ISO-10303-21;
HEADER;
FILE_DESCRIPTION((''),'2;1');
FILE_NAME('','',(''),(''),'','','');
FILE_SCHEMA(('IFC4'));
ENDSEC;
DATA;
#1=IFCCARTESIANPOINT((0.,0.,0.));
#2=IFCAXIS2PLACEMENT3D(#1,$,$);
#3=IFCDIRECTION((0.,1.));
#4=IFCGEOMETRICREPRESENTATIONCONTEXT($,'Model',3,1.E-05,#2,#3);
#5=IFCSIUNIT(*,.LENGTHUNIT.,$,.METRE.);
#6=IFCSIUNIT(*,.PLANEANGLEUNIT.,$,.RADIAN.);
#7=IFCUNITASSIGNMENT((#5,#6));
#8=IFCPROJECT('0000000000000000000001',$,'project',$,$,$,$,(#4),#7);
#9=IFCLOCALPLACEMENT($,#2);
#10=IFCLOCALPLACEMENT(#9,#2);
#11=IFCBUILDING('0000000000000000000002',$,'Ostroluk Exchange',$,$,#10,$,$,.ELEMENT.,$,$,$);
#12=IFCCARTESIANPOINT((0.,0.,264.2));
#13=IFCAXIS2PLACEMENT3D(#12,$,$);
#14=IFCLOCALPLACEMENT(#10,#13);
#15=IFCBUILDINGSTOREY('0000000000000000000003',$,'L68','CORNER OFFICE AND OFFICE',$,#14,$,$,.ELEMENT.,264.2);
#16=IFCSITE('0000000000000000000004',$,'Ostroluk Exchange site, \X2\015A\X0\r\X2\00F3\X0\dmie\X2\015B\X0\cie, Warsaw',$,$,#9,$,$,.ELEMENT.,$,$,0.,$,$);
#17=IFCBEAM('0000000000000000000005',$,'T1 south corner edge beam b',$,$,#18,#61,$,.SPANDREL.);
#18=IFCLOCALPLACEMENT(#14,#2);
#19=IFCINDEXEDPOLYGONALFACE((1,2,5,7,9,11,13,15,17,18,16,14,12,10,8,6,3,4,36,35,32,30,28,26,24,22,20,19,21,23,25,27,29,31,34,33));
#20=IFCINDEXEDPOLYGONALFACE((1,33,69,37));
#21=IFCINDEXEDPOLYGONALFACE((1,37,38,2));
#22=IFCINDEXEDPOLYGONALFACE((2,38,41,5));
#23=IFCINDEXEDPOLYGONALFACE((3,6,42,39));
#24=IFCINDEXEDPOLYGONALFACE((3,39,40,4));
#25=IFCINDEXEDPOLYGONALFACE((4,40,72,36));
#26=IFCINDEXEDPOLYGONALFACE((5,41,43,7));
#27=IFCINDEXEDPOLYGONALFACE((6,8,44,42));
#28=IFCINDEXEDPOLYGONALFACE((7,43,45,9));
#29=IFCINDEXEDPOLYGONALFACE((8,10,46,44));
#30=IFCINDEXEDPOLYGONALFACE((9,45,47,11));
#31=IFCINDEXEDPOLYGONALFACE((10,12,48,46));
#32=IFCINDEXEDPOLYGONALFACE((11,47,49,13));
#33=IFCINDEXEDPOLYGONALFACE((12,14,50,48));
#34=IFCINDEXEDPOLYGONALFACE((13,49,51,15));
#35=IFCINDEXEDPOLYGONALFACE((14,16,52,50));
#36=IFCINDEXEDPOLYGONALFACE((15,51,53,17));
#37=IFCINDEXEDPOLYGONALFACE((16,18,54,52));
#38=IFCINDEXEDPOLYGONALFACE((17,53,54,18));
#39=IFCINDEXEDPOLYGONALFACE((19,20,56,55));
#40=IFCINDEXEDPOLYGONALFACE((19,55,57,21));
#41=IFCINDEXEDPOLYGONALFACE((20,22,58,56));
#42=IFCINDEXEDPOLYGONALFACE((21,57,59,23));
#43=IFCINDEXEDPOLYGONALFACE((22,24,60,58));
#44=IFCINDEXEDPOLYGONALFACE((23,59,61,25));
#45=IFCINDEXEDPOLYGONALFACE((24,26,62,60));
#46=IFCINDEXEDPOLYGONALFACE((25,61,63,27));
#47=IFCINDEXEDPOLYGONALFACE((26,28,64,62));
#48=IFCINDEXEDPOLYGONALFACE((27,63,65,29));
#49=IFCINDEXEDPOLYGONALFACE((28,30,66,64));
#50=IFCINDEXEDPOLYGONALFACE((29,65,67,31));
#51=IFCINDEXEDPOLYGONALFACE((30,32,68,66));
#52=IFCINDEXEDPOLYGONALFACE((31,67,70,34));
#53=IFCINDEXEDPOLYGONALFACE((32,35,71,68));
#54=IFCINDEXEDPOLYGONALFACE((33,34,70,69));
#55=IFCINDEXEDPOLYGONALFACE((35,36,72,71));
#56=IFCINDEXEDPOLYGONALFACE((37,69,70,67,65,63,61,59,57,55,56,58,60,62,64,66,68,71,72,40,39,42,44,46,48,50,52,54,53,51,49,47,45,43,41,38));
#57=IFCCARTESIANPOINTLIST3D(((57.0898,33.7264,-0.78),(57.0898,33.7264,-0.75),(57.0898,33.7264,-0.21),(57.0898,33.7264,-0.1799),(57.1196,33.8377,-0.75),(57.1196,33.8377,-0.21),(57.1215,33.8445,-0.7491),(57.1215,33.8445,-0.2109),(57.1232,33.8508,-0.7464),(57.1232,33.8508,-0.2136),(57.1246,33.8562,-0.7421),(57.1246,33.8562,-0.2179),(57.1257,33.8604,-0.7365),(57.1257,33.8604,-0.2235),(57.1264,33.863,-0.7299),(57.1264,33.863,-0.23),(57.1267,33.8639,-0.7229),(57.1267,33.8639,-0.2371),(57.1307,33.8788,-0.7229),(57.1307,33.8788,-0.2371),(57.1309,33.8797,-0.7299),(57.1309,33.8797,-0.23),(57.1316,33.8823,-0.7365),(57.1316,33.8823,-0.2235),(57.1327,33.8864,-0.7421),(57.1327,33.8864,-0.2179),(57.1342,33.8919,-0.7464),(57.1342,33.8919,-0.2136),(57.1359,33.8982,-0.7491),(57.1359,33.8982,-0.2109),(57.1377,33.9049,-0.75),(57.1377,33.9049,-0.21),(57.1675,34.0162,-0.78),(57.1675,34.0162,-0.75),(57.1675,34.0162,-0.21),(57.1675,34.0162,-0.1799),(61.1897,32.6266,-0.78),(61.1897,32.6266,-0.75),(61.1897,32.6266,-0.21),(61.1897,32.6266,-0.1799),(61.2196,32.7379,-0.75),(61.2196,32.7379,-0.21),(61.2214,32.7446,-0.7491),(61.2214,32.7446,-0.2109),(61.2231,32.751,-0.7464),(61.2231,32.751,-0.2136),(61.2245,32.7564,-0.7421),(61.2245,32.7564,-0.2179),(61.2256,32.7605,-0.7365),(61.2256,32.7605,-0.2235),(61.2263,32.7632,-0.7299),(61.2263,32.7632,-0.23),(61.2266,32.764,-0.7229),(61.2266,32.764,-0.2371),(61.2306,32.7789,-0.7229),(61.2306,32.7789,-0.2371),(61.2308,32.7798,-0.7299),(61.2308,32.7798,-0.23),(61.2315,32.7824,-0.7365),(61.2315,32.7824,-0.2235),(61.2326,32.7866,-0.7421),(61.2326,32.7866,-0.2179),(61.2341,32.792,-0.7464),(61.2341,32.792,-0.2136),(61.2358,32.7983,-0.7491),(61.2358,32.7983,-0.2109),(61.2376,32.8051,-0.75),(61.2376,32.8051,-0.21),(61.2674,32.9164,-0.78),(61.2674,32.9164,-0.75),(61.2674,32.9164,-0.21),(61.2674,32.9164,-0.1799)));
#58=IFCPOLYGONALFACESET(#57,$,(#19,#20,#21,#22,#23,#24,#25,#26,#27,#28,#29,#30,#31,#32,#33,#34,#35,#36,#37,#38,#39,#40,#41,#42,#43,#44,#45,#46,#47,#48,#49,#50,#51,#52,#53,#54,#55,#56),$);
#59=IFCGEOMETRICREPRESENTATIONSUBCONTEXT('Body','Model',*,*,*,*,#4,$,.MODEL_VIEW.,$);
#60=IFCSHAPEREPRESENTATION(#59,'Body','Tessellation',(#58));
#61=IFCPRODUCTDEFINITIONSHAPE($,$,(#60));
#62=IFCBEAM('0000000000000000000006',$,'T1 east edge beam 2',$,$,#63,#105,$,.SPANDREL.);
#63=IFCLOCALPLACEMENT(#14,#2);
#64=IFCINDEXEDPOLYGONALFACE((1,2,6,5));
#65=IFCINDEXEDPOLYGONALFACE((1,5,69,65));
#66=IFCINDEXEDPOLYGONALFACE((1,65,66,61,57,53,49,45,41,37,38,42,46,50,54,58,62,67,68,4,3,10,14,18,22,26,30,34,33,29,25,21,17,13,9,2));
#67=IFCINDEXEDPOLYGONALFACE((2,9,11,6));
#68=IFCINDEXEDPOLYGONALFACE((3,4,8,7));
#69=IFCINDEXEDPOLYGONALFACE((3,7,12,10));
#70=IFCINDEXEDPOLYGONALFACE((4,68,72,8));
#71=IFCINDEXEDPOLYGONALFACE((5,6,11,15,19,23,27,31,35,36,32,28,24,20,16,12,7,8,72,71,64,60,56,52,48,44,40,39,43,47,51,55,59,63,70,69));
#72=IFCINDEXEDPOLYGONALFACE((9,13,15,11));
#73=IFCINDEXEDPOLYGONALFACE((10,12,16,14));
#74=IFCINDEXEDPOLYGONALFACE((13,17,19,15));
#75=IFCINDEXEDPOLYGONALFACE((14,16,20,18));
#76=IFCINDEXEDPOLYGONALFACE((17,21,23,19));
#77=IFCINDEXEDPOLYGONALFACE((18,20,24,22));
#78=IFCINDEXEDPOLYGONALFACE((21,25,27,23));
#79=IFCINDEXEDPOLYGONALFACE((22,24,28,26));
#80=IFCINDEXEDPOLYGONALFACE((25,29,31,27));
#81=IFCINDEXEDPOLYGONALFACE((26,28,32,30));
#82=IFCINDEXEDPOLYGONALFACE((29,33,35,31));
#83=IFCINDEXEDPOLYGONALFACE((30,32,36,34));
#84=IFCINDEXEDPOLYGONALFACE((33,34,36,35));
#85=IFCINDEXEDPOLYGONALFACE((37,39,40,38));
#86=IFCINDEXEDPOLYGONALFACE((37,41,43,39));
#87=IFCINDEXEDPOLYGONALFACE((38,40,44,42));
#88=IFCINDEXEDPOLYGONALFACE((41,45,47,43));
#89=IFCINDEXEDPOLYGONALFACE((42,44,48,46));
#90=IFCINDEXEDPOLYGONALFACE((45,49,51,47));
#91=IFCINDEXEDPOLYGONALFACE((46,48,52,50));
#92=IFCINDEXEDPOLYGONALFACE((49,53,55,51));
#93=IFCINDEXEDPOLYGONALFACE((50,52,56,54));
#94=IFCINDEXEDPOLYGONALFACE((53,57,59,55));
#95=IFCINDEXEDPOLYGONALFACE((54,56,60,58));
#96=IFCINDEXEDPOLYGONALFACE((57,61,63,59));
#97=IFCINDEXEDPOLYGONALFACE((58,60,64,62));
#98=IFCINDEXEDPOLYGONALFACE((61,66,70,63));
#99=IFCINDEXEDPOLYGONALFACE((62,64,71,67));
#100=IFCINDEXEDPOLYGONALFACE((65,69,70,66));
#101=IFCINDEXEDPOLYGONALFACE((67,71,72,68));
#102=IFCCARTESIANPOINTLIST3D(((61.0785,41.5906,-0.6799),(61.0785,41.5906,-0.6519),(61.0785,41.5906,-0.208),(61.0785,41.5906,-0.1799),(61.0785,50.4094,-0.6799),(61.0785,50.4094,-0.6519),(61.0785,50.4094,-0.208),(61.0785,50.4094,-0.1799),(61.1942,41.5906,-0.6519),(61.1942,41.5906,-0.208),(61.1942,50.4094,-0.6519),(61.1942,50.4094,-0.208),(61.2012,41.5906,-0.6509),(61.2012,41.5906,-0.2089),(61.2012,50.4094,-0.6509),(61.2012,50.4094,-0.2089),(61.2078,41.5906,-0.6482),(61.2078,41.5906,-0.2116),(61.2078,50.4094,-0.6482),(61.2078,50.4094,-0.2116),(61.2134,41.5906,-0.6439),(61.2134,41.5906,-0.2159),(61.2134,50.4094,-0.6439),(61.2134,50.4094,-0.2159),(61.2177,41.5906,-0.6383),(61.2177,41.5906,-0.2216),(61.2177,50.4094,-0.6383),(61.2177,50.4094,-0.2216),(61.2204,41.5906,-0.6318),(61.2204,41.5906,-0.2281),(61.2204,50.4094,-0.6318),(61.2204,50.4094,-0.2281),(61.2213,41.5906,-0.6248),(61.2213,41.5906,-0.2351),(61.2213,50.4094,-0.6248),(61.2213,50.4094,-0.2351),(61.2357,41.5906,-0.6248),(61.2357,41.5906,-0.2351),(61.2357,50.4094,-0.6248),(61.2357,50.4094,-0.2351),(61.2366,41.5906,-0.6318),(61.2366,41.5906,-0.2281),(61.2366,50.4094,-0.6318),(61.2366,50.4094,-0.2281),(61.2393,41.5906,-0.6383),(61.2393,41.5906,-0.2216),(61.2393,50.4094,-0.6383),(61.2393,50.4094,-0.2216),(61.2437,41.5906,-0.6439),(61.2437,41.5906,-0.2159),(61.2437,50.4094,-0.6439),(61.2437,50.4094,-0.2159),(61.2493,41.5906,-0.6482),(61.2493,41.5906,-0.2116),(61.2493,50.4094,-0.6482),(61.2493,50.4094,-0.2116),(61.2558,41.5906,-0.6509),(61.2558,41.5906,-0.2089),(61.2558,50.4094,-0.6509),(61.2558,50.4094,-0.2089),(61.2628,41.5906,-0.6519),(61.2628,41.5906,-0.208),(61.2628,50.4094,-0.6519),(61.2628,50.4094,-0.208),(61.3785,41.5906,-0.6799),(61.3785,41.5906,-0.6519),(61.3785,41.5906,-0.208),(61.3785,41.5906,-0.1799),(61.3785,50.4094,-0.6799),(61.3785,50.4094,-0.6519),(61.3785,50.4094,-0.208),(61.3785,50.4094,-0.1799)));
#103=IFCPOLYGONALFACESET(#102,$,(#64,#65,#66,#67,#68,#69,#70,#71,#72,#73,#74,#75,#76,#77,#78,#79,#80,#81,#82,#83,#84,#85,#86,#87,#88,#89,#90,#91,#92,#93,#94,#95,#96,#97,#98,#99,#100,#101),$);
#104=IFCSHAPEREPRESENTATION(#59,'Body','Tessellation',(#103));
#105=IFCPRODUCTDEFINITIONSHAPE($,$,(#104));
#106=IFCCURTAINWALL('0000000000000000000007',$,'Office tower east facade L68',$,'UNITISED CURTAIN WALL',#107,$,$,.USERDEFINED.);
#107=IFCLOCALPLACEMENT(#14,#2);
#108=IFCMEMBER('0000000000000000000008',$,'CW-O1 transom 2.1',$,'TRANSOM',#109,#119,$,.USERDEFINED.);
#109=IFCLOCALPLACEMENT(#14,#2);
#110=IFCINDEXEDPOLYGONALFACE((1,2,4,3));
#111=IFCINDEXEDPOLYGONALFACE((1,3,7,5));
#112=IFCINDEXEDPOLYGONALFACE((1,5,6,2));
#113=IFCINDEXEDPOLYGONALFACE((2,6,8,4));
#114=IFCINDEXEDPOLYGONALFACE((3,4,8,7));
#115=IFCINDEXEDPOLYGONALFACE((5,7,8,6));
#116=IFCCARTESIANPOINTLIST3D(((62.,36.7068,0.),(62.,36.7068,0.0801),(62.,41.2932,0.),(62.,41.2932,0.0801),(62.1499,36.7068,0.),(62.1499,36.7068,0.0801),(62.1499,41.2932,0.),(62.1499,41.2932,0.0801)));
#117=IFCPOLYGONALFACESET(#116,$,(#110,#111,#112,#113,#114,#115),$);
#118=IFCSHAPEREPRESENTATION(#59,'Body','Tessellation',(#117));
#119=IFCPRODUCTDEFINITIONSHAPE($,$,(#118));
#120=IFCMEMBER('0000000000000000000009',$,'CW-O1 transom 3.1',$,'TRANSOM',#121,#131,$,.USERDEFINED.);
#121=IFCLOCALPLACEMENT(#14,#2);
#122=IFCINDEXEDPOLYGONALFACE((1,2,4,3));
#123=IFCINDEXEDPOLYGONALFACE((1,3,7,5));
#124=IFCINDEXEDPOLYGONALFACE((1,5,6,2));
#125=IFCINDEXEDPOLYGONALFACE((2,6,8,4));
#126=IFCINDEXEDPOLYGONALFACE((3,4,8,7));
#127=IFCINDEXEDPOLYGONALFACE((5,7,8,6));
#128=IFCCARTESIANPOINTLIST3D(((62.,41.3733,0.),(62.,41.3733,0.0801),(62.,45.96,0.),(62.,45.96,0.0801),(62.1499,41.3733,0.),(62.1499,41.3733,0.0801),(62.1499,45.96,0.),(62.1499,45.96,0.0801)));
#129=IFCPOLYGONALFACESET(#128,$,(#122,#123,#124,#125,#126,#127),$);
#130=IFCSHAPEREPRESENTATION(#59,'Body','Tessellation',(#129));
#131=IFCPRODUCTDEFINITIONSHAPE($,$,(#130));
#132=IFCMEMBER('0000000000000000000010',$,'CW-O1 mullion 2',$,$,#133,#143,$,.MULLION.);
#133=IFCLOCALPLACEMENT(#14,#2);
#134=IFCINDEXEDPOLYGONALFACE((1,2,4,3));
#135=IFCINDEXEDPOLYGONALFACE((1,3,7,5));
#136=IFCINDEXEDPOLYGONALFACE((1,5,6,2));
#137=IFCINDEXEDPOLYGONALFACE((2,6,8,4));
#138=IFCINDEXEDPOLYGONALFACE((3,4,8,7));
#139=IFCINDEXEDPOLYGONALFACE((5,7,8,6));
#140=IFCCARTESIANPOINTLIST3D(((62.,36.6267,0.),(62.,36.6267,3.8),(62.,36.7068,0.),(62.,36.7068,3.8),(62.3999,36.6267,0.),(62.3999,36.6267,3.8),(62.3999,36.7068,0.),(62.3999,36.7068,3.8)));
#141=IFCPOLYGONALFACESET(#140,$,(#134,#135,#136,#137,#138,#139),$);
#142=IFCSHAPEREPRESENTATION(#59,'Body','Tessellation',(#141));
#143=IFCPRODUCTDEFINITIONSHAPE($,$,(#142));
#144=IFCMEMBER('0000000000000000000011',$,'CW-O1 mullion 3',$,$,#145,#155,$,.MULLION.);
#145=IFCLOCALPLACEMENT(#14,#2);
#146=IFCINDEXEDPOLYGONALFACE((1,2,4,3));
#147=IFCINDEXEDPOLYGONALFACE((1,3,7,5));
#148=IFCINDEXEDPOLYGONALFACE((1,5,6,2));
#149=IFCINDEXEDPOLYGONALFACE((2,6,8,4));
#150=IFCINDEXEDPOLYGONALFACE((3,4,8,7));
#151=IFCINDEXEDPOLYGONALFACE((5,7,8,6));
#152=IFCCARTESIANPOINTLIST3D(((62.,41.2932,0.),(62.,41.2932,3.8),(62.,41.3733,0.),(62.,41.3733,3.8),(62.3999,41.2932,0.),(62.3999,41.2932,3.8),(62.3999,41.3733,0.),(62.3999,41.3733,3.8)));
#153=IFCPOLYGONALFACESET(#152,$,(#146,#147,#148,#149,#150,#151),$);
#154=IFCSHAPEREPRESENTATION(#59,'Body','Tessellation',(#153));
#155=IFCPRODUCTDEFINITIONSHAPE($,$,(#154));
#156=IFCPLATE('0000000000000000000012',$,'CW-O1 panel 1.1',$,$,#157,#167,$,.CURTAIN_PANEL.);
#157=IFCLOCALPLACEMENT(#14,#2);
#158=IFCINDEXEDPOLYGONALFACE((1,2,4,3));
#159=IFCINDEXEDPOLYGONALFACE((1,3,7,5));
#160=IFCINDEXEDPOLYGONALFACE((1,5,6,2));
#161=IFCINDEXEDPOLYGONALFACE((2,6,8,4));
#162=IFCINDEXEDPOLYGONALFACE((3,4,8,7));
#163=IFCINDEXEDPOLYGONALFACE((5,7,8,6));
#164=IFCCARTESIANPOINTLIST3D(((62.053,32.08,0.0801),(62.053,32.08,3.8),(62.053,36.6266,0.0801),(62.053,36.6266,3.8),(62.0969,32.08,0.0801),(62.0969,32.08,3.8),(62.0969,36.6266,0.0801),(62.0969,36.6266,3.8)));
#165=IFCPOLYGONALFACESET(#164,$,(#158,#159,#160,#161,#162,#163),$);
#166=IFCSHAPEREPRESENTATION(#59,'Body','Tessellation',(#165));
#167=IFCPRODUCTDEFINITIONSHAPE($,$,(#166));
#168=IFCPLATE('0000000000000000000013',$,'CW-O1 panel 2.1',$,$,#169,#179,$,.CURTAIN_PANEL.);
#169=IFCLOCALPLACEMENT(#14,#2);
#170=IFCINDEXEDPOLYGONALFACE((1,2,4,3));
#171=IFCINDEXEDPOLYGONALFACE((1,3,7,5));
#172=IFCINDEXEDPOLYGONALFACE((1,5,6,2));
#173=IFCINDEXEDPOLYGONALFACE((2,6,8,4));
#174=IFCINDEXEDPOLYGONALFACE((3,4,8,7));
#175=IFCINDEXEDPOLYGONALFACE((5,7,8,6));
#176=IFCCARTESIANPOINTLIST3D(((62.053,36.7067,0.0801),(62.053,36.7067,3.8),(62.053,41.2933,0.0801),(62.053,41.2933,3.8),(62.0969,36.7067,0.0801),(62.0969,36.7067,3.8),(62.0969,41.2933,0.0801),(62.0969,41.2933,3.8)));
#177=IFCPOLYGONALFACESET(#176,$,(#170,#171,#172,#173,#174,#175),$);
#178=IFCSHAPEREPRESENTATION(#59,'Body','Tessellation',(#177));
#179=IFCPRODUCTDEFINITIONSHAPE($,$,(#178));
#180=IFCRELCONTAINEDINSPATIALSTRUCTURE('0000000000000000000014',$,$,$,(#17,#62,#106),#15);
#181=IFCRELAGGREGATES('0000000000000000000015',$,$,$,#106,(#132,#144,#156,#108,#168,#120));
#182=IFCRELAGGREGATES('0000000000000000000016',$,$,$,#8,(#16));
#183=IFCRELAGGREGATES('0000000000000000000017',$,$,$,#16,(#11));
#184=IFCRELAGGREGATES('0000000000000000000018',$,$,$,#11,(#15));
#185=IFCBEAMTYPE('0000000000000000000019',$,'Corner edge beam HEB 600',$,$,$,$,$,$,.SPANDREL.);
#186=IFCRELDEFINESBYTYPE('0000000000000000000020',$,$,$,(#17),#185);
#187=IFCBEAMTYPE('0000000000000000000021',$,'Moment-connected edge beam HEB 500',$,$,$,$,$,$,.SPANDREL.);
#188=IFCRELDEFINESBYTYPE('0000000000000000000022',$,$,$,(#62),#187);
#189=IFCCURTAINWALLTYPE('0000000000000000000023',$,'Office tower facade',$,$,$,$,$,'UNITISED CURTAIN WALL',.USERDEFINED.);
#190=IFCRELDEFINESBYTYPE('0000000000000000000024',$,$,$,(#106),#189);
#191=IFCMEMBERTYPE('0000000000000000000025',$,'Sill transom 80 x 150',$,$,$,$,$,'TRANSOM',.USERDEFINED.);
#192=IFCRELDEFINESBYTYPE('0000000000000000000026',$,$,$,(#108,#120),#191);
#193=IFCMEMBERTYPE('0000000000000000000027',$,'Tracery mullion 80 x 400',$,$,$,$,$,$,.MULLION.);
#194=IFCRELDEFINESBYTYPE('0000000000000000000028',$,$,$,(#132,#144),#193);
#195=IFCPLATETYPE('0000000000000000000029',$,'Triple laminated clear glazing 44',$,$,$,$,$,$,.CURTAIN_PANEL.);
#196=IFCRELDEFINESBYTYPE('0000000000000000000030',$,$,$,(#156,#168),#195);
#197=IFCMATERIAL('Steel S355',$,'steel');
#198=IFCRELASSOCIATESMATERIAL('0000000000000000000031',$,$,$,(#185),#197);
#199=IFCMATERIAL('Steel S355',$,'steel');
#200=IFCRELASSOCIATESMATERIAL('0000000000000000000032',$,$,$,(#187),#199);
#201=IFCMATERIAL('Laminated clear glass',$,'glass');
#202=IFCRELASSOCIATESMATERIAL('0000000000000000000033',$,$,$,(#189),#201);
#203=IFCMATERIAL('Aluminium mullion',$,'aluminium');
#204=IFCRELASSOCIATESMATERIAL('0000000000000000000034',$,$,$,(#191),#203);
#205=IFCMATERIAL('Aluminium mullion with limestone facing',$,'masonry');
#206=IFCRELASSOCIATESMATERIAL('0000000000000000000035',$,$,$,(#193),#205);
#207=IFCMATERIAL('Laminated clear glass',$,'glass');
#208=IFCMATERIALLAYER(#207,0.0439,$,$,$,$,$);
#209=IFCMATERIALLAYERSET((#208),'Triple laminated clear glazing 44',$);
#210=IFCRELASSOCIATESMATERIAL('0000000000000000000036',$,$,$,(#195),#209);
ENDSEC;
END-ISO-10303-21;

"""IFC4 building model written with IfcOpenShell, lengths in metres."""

from ifc_helpers import new_model, si_unit, direction, frame, origin, origin_2d, place, context, subcontext, project, spatial, rectangle, i_section, extrude, material, layer, layer_set, material_profile, profile_set, type_object, element, aggregate, save


model = new_model("IFC4")

# Units and contexts
model_context = context("Model", 3, precision=1e-05, world=origin(), true_north=direction((0.0, 1.0)))
body_context = subcontext(model_context, "Body", "Model", "MODEL_VIEW")
ifc_project = project(units=[si_unit("LENGTHUNIT", "METRE"), si_unit("PLANEANGLEUNIT", "RADIAN")], contexts=[model_context])

# Site, building, storey
site_placement = place(None, origin())
site = spatial("IfcSite", under=ifc_project, at=site_placement, Name="Ostroluk Exchange site, Śródmieście, Warsaw", CompositionType="ELEMENT", RefElevation=0.0)
building_placement = place(site_placement, origin())
building = spatial("IfcBuilding", under=site, at=building_placement, Name="Ostroluk Exchange", CompositionType="ELEMENT")
storey_placement = place(building_placement, frame((0.0, 0.0, 264.2)))
storey = spatial("IfcBuildingStorey", under=building, at=storey_placement, Name="L68", Description="CORNER OFFICE AND OFFICE", CompositionType="ELEMENT", Elevation=264.2)

# Beams
ifc_material_1 = material(Name="Steel S355", Category="steel")
ifc_material_profile_1 = material_profile(ifc_material_1, i_section(OverallWidth=0.3, OverallDepth=0.6001, WebThickness=0.0154, FlangeThickness=0.03, FilletRadius=0.0271, at=origin_2d()), Name="HEB 600")
ifc_profile_set_1 = profile_set([ifc_material_profile_1], Name="Steel S355")
beam_type_1 = type_object("IfcBeamType", Name="Corner edge beam HEB 600", PredefinedType="SPANDREL", material=ifc_profile_set_1)
for number, where, z_axis, x_axis, name in (
    (1, (57.1287, 33.8713, -0.48), (0.965849, -0.259105, 0.0), (0.259105, 0.965849, 0.0), "T1 south corner edge beam b"),
):
    element("IfcBeam", number, at=place(storey_placement, frame(where, z_axis=z_axis, x_axis=x_axis)), inside=storey, type_object=beam_type_1, Name=name, PredefinedType="SPANDREL", context=body_context, shape_type="SweptSolid", body=[
        extrude(i_section(OverallWidth=0.3, OverallDepth=0.6001, WebThickness=0.0154, FlangeThickness=0.03, FilletRadius=0.0271, at=origin_2d()), origin(), (0.0, 0.0, 1.0), 4.2449),
    ])
ifc_material_2 = material(Name="Steel S355", Category="steel")
ifc_material_profile_2 = material_profile(ifc_material_2, i_section(OverallWidth=0.3, OverallDepth=0.5, WebThickness=0.0144, FlangeThickness=0.0281, FilletRadius=0.0271, at=origin_2d()), Name="HEB 500")
ifc_profile_set_2 = profile_set([ifc_material_profile_2], Name="Steel S355")
beam_type_2 = type_object("IfcBeamType", Name="Moment-connected edge beam HEB 500", PredefinedType="SPANDREL", material=ifc_profile_set_2)
beam_1_placement = place(storey_placement, frame((61.2285, 41.5906, -0.4299), z_axis=(0.0, 1.0, 0.0), x_axis=(-1.0, 0.0, 0.0)))
element("IfcBeam", 2, at=beam_1_placement, inside=storey, type_object=beam_type_2, Name="T1 east edge beam 2", PredefinedType="SPANDREL", context=body_context, shape_type="SweptSolid", body=[
    extrude(i_section(OverallWidth=0.3, OverallDepth=0.5, WebThickness=0.0144, FlangeThickness=0.0281, FilletRadius=0.0271, at=origin_2d()), origin(), (0.0, 0.0, 1.0), 8.8188),
])

# Curtain wall, members, plates
ifc_material_3 = material(Name="Laminated clear glass", Category="glass")
curtain_wall_type = type_object("IfcCurtainWallType", Name="Office tower facade", ElementType="UNITISED CURTAIN WALL", PredefinedType="USERDEFINED", material=ifc_material_3)
curtain_wall_placement = place(storey_placement, origin())
curtain_wall = element("IfcCurtainWall", 3, at=curtain_wall_placement, inside=storey, type_object=curtain_wall_type, Name="Office tower east facade L68", ObjectType="UNITISED CURTAIN WALL", PredefinedType="USERDEFINED")
ifc_material_4 = material(Name="Aluminium mullion", Category="aluminium")
ifc_material_profile_3 = material_profile(ifc_material_4, rectangle(XDim=0.1499, YDim=0.0801, at=origin_2d()), Name="Sill transom 80 x 150")
ifc_profile_set_3 = profile_set([ifc_material_profile_3], Name="Aluminium mullion")
member_type_1 = type_object("IfcMemberType", Name="Sill transom 80 x 150", ElementType="TRANSOM", PredefinedType="USERDEFINED", material=ifc_profile_set_3)
member_1_placement = place(storey_placement, frame((62.075, 36.7068, 0.04), z_axis=(0.0, 1.0, 0.0), x_axis=(-1.0, 0.0, 0.0)))
member_1 = element("IfcMember", 4, at=member_1_placement, type_object=member_type_1, Name="CW-O1 transom 2.1", ObjectType="TRANSOM", PredefinedType="USERDEFINED", context=body_context, shape_type="SweptSolid", body=[
    extrude(rectangle(XDim=0.1499, YDim=0.0801, at=origin_2d()), origin(), (0.0, 0.0, 1.0), 4.5864),
])
member_2_placement = place(storey_placement, frame((62.075, 41.3733, 0.04), z_axis=(0.0, 1.0, 0.0), x_axis=(-1.0, 0.0, 0.0)))
member_2 = element("IfcMember", 5, at=member_2_placement, type_object=member_type_1, Name="CW-O1 transom 3.1", ObjectType="TRANSOM", PredefinedType="USERDEFINED", context=body_context, shape_type="SweptSolid", body=[
    extrude(rectangle(XDim=0.1499, YDim=0.0801, at=origin_2d()), origin(), (0.0, 0.0, 1.0), 4.5867),
])
ifc_material_5 = material(Name="Aluminium mullion with limestone facing", Category="masonry")
ifc_material_profile_4 = material_profile(ifc_material_5, rectangle(XDim=0.3999, YDim=0.0801, at=origin_2d()), Name="Tracery mullion 80 x 400")
ifc_profile_set_4 = profile_set([ifc_material_profile_4], Name="Aluminium mullion with limestone facing")
member_type_2 = type_object("IfcMemberType", Name="Tracery mullion 80 x 400", PredefinedType="MULLION", material=ifc_profile_set_4)
member_3_placement = place(storey_placement, frame((62.2, 36.6667, 0.0), z_axis=(0.0, 0.0, 1.0), x_axis=(-1.0, 0.0, 0.0)))
member_3 = element("IfcMember", 6, at=member_3_placement, type_object=member_type_2, Name="CW-O1 mullion 2", PredefinedType="MULLION", context=body_context, shape_type="SweptSolid", body=[
    extrude(rectangle(XDim=0.3999, YDim=0.0801, at=origin_2d()), origin(), (0.0, 0.0, 1.0), 3.8),
])
member_4_placement = place(storey_placement, frame((62.2, 41.3333, 0.0), z_axis=(0.0, 0.0, 1.0), x_axis=(-1.0, 0.0, 0.0)))
member_4 = element("IfcMember", 7, at=member_4_placement, type_object=member_type_2, Name="CW-O1 mullion 3", PredefinedType="MULLION", context=body_context, shape_type="SweptSolid", body=[
    extrude(rectangle(XDim=0.3999, YDim=0.0801, at=origin_2d()), origin(), (0.0, 0.0, 1.0), 3.8),
])
ifc_material_6 = material(Name="Laminated clear glass", Category="glass")
ifc_layer_1 = layer(ifc_material_6, 0.0439)
ifc_layer_set_1 = layer_set([ifc_layer_1], Name="Triple laminated clear glazing 44")
plate_type = type_object("IfcPlateType", Name="Triple laminated clear glazing 44", PredefinedType="CURTAIN_PANEL", material=ifc_layer_set_1)
plate_1_placement = place(storey_placement, frame((62.075, 34.3533, 0.0801), z_axis=(0.0, 0.0, 1.0), x_axis=(0.0, 1.0, 0.0)))
plate_1 = element("IfcPlate", 8, at=plate_1_placement, type_object=plate_type, Name="CW-O1 panel 1.1", PredefinedType="CURTAIN_PANEL", context=body_context, shape_type="SweptSolid", body=[
    extrude(rectangle(XDim=4.5466, YDim=0.0439, at=origin_2d()), origin(), (0.0, 0.0, 1.0), 3.72),
])
plate_2_placement = place(storey_placement, frame((62.075, 39.0, 0.0801), z_axis=(0.0, 0.0, 1.0), x_axis=(0.0, 1.0, 0.0)))
plate_2 = element("IfcPlate", 9, at=plate_2_placement, type_object=plate_type, Name="CW-O1 panel 2.1", PredefinedType="CURTAIN_PANEL", context=body_context, shape_type="SweptSolid", body=[
    extrude(rectangle(XDim=4.5867, YDim=0.0439, at=origin_2d()), origin(), (0.0, 0.0, 1.0), 3.72),
])
aggregate(curtain_wall, [member_3, member_4, plate_1, member_1, plate_2, member_2])

save(model, "model.ifc")
